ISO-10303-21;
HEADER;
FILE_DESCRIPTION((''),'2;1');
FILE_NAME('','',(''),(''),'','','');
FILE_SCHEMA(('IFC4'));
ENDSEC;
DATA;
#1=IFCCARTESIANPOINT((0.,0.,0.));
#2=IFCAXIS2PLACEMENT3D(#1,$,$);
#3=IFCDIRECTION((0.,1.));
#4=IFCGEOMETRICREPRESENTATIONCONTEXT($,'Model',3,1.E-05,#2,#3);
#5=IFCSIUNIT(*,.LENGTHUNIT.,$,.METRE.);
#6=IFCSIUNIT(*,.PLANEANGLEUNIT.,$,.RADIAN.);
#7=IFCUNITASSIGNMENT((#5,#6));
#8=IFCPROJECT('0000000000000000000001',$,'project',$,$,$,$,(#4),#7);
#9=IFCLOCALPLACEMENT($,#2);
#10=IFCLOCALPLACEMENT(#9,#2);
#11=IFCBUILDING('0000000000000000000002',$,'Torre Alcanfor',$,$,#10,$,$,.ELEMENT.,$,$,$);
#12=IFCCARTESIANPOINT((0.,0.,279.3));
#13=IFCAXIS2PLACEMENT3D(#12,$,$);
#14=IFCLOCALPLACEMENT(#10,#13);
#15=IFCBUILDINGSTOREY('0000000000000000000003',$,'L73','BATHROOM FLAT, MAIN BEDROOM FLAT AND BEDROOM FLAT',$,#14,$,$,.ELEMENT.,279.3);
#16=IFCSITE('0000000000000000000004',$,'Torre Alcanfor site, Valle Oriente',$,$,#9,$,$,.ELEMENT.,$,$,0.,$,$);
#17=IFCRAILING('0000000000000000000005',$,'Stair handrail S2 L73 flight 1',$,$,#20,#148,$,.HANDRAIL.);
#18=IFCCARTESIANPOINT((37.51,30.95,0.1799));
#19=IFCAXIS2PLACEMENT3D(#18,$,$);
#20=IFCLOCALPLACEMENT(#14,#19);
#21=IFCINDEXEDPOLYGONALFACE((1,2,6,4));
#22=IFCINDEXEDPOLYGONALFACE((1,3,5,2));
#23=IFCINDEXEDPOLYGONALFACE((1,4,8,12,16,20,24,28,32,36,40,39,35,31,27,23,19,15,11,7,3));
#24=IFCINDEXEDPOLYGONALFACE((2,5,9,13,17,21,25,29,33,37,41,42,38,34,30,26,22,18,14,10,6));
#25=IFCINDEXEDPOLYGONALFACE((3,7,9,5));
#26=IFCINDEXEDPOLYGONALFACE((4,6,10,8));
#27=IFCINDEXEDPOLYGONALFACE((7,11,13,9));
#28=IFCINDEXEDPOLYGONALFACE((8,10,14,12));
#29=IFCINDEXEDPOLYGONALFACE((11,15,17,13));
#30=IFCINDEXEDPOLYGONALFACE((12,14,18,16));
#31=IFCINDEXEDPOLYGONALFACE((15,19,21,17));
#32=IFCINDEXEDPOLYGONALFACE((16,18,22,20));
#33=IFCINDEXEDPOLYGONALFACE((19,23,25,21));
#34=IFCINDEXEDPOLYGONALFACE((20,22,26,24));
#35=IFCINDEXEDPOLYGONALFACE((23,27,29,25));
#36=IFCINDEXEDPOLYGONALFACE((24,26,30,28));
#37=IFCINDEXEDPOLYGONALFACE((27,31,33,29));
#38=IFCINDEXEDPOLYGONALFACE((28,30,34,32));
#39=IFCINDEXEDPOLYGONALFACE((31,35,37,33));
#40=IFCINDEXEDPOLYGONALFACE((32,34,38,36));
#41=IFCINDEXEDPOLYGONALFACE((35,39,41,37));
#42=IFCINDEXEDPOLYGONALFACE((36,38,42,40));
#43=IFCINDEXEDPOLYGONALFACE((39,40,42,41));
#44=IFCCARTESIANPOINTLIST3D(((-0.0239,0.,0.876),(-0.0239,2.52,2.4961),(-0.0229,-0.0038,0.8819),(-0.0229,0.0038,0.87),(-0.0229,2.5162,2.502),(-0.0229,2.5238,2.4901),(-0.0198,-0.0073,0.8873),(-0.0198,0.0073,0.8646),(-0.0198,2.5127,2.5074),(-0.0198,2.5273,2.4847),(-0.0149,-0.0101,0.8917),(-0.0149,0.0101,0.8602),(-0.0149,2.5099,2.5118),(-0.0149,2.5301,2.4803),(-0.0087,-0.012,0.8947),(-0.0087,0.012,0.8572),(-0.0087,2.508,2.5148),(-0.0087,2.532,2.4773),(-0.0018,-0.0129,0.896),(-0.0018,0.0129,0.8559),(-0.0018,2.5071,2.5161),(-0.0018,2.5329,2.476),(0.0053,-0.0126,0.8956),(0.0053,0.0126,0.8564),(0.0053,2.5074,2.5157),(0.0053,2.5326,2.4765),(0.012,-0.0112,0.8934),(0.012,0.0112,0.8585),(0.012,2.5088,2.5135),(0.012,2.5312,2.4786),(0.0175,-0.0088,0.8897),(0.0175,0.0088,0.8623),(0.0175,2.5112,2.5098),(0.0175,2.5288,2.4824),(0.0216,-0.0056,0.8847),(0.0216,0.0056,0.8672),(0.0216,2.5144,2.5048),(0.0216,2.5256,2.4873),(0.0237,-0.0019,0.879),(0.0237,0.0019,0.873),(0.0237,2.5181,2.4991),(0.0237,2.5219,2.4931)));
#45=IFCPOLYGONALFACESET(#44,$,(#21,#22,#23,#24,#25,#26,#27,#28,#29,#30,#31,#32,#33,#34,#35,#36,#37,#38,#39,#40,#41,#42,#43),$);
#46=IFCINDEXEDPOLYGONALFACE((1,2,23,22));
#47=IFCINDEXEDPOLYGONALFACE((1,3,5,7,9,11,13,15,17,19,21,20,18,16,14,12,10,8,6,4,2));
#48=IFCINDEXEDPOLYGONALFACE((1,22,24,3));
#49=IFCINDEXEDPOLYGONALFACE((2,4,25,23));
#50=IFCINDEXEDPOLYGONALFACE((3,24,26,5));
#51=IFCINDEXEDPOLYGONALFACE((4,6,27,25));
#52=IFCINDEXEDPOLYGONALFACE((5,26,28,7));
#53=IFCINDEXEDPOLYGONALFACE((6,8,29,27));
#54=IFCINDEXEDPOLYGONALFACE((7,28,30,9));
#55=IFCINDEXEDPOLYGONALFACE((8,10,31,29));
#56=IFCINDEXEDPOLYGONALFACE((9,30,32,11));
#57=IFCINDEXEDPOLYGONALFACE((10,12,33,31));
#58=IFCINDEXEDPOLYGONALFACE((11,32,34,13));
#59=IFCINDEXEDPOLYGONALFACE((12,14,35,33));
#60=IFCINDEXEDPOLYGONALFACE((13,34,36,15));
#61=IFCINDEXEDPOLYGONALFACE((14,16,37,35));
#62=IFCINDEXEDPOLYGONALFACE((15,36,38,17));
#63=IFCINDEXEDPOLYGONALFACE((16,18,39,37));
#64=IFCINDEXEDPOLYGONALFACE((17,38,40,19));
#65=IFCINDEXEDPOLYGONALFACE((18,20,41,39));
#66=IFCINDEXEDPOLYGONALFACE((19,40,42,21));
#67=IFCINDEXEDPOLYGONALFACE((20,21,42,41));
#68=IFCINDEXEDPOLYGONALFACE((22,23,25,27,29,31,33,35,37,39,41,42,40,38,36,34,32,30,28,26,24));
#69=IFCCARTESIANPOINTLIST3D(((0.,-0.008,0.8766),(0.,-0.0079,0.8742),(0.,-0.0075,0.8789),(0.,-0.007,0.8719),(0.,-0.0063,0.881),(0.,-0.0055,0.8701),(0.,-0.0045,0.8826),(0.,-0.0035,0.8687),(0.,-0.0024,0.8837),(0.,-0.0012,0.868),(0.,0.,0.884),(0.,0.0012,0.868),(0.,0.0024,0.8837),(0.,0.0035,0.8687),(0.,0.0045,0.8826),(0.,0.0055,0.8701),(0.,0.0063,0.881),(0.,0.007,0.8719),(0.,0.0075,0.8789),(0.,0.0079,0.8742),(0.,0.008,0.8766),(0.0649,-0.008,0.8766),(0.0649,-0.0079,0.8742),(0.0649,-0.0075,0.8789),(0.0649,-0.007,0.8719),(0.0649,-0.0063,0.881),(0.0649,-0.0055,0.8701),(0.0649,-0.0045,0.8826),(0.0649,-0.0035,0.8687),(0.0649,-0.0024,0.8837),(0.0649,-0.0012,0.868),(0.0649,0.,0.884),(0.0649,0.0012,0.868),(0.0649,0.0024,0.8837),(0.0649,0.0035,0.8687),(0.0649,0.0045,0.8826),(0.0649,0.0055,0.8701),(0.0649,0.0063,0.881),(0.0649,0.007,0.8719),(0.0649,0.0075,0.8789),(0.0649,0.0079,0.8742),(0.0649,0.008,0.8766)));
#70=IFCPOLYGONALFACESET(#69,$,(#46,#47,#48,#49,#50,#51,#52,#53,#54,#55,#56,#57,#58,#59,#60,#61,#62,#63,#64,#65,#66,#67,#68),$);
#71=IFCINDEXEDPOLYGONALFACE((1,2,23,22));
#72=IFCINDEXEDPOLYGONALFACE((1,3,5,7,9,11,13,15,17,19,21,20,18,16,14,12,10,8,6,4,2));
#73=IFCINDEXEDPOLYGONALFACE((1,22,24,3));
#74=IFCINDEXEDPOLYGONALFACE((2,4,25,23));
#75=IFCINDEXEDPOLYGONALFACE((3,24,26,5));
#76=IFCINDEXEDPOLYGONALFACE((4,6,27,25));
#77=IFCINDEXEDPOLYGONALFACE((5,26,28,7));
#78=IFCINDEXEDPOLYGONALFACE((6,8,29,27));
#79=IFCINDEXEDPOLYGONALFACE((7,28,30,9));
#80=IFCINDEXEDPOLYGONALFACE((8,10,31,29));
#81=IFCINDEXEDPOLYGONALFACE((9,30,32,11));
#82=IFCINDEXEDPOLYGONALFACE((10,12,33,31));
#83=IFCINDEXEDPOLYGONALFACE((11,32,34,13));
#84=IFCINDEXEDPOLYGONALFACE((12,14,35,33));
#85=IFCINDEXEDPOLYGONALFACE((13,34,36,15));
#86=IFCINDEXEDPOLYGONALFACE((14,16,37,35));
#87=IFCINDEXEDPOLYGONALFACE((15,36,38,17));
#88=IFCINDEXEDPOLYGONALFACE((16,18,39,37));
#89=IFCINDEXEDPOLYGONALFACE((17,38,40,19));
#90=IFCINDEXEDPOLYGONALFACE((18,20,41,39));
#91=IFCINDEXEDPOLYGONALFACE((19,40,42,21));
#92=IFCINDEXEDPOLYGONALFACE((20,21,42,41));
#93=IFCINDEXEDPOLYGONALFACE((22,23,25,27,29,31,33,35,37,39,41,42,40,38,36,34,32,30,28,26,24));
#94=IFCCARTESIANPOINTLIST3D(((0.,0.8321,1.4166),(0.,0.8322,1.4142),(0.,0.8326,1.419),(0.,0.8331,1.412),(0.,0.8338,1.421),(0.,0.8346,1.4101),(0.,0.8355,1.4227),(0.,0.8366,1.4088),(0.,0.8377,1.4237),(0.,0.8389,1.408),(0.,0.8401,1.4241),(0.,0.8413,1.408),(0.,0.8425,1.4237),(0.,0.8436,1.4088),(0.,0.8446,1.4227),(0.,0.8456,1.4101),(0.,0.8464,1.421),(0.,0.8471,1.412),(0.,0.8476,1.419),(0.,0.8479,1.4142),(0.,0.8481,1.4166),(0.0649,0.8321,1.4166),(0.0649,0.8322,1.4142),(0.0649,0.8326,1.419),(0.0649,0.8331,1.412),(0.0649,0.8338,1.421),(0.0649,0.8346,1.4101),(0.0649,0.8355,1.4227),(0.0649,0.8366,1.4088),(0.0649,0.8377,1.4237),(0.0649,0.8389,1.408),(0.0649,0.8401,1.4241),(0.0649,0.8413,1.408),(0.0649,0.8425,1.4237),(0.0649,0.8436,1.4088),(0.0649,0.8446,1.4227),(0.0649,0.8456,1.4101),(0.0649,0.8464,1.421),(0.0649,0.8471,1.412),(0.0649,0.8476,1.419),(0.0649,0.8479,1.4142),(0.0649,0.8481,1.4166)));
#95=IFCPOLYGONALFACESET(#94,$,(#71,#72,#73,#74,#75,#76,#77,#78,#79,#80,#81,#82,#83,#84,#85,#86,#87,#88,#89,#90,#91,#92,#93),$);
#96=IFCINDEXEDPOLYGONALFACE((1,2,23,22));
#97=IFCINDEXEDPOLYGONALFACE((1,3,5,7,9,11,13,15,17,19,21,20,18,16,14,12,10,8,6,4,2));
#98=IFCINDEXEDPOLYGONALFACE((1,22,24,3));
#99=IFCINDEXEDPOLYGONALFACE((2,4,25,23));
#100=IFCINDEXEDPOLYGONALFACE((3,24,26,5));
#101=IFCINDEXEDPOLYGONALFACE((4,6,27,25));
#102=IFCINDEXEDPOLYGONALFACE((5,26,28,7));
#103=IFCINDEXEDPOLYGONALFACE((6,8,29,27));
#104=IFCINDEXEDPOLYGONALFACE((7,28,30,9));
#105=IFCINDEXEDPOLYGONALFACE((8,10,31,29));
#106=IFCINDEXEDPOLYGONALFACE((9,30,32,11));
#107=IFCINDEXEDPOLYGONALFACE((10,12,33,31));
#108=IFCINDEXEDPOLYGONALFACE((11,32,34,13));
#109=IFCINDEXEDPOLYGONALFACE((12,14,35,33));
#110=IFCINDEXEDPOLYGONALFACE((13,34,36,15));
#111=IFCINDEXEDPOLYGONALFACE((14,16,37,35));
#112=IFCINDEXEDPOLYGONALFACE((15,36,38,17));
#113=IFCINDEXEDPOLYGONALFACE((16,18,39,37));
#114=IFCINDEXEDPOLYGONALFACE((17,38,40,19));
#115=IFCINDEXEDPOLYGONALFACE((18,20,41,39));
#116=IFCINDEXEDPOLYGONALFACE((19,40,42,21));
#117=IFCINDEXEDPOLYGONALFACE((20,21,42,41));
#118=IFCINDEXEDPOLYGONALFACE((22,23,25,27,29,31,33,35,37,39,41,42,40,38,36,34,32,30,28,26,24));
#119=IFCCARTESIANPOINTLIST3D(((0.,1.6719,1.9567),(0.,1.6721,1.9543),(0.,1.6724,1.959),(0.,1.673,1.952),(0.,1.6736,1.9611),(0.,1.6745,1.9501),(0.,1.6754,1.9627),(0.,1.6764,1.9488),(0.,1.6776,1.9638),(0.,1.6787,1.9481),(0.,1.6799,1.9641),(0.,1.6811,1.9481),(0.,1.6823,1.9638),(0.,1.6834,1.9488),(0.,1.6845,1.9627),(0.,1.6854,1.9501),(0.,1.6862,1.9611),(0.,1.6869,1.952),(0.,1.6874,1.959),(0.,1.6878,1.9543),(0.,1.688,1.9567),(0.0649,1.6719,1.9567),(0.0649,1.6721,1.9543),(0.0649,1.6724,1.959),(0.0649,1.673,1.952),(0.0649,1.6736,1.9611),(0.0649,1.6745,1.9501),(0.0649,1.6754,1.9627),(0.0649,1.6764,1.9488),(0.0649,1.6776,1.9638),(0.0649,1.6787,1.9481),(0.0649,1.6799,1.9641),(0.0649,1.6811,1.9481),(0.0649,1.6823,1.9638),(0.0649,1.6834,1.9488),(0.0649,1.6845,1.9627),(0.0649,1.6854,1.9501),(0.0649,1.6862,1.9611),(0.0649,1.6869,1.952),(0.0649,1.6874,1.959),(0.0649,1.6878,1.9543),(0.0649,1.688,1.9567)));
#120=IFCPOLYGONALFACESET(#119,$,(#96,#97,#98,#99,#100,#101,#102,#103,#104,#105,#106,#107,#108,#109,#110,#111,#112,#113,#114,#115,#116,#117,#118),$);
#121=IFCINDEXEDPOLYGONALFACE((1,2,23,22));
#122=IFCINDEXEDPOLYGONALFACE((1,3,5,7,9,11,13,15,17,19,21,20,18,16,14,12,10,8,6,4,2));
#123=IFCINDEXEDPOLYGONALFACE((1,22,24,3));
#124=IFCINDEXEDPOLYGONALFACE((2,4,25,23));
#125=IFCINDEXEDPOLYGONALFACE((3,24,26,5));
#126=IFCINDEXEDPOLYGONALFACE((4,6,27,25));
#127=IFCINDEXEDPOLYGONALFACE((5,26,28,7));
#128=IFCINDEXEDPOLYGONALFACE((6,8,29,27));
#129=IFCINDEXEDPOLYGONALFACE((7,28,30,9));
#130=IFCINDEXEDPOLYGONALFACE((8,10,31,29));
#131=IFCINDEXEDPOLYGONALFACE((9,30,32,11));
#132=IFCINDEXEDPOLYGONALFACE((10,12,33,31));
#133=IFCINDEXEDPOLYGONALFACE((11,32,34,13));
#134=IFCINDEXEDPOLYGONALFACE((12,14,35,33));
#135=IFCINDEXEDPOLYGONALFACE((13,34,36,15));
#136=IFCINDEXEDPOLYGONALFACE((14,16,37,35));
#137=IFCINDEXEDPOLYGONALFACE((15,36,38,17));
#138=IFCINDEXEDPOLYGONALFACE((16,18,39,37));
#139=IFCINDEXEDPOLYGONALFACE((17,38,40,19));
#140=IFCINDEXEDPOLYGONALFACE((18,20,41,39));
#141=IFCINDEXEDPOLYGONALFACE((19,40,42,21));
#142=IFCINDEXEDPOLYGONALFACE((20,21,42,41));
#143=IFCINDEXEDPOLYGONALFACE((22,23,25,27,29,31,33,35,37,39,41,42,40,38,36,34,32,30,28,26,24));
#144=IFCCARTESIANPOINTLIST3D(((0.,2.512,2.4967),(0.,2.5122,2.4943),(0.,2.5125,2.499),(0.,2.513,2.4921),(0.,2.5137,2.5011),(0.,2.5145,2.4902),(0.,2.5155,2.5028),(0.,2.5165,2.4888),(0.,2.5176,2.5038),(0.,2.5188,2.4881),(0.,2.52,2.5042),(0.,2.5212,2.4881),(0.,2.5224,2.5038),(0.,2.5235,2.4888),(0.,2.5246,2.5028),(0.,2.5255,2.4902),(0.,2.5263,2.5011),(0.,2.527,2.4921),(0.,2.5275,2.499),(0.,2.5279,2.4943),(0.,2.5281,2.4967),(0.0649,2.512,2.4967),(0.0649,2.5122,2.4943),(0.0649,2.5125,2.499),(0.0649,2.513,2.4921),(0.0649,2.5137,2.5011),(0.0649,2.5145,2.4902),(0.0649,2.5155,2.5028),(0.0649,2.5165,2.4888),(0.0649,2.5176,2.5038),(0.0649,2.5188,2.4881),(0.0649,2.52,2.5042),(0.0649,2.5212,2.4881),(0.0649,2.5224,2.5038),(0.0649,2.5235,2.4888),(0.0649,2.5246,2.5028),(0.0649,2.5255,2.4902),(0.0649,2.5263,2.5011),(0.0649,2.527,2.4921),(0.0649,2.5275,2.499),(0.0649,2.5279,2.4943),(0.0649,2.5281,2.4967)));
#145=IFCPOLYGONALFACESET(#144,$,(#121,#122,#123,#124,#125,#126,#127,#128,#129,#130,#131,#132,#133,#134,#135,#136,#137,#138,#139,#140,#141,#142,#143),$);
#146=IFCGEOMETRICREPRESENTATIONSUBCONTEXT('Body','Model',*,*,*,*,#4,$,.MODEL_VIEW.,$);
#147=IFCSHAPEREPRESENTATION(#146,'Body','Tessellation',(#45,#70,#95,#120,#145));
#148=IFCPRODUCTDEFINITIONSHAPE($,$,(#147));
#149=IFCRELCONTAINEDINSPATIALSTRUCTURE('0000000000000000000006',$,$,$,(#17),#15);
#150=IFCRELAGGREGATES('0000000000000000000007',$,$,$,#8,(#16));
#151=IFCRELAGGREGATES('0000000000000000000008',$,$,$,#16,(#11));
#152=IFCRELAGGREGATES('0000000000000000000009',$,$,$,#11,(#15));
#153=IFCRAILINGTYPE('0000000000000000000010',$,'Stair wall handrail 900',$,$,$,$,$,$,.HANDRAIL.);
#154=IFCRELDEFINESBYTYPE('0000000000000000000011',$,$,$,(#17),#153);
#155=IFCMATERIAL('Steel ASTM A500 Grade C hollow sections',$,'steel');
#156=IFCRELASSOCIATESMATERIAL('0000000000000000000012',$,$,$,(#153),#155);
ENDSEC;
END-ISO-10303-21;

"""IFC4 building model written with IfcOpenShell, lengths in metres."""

from ifc_helpers import new_model, si_unit, direction, frame, origin, origin_2d, place, context, subcontext, project, spatial, circle, extrude, material, type_object, element, save


model = new_model("IFC4")

# Units and contexts
model_context = context("Model", 3, precision=1e-05, world=origin(), true_north=direction((0.0, 1.0)))
body_context = subcontext(model_context, "Body", "Model", "MODEL_VIEW")
ifc_project = project(units=[si_unit("LENGTHUNIT", "METRE"), si_unit("PLANEANGLEUNIT", "RADIAN")], contexts=[model_context])

# Site, building, storey
site_placement = place(None, origin())
site = spatial("IfcSite", under=ifc_project, at=site_placement, Name="Torre Alcanfor site, Valle Oriente", CompositionType="ELEMENT", RefElevation=0.0)
building_placement = place(site_placement, origin())
building = spatial("IfcBuilding", under=site, at=building_placement, Name="Torre Alcanfor", CompositionType="ELEMENT")
storey_placement = place(building_placement, frame((0.0, 0.0, 279.3)))
storey = spatial("IfcBuildingStorey", under=building, at=storey_placement, Name="L73", Description="BATHROOM FLAT, MAIN BEDROOM FLAT AND BEDROOM FLAT", CompositionType="ELEMENT", Elevation=279.3)

# Railing
ifc_material_1 = material(Name="Steel ASTM A500 Grade C hollow sections", Category="steel")
railing_type_1 = type_object("IfcRailingType", Name="Stair wall handrail 900", PredefinedType="HANDRAIL", material=ifc_material_1)
railing_1_placement = place(storey_placement, frame((37.51, 30.95, 0.1799)))
element("IfcRailing", 1, at=railing_1_placement, inside=storey, type_object=railing_type_1, Name="Stair handrail S2 L73 flight 1", PredefinedType="HANDRAIL", context=body_context, shape_type="SweptSolid", body=[
    extrude(circle(Radius=0.0239, at=origin_2d()), frame((0.0, 0.0, 0.876), z_axis=(0.0, 0.841163, 0.540782), x_axis=(-1.0, 0.0, 0.0)), (0.0, 0.0, 1.0), 2.9958),
    extrude(circle(Radius=0.0081, at=origin_2d()), frame((0.0, 0.0, 0.876), z_axis=(1.0, 0.0, 0.0), x_axis=(0.0, 0.0, 1.0)), (0.0, 0.0, 1.0), 0.0649),
    extrude(circle(Radius=0.0081, at=origin_2d()), frame((0.0, 0.8401, 1.416), z_axis=(1.0, 0.0, 0.0), x_axis=(0.0, 0.0, 1.0)), (0.0, 0.0, 1.0), 0.0649),
    extrude(circle(Radius=0.0081, at=origin_2d()), frame((0.0, 1.6799, 1.9561), z_axis=(1.0, 0.0, 0.0), x_axis=(0.0, 0.0, 1.0)), (0.0, 0.0, 1.0), 0.0649),
    extrude(circle(Radius=0.0081, at=origin_2d()), frame((0.0, 2.52, 2.4961), z_axis=(1.0, 0.0, 0.0), x_axis=(0.0, 0.0, 1.0)), (0.0, 0.0, 1.0), 0.0649),
])

save(model, "model.ifc")
